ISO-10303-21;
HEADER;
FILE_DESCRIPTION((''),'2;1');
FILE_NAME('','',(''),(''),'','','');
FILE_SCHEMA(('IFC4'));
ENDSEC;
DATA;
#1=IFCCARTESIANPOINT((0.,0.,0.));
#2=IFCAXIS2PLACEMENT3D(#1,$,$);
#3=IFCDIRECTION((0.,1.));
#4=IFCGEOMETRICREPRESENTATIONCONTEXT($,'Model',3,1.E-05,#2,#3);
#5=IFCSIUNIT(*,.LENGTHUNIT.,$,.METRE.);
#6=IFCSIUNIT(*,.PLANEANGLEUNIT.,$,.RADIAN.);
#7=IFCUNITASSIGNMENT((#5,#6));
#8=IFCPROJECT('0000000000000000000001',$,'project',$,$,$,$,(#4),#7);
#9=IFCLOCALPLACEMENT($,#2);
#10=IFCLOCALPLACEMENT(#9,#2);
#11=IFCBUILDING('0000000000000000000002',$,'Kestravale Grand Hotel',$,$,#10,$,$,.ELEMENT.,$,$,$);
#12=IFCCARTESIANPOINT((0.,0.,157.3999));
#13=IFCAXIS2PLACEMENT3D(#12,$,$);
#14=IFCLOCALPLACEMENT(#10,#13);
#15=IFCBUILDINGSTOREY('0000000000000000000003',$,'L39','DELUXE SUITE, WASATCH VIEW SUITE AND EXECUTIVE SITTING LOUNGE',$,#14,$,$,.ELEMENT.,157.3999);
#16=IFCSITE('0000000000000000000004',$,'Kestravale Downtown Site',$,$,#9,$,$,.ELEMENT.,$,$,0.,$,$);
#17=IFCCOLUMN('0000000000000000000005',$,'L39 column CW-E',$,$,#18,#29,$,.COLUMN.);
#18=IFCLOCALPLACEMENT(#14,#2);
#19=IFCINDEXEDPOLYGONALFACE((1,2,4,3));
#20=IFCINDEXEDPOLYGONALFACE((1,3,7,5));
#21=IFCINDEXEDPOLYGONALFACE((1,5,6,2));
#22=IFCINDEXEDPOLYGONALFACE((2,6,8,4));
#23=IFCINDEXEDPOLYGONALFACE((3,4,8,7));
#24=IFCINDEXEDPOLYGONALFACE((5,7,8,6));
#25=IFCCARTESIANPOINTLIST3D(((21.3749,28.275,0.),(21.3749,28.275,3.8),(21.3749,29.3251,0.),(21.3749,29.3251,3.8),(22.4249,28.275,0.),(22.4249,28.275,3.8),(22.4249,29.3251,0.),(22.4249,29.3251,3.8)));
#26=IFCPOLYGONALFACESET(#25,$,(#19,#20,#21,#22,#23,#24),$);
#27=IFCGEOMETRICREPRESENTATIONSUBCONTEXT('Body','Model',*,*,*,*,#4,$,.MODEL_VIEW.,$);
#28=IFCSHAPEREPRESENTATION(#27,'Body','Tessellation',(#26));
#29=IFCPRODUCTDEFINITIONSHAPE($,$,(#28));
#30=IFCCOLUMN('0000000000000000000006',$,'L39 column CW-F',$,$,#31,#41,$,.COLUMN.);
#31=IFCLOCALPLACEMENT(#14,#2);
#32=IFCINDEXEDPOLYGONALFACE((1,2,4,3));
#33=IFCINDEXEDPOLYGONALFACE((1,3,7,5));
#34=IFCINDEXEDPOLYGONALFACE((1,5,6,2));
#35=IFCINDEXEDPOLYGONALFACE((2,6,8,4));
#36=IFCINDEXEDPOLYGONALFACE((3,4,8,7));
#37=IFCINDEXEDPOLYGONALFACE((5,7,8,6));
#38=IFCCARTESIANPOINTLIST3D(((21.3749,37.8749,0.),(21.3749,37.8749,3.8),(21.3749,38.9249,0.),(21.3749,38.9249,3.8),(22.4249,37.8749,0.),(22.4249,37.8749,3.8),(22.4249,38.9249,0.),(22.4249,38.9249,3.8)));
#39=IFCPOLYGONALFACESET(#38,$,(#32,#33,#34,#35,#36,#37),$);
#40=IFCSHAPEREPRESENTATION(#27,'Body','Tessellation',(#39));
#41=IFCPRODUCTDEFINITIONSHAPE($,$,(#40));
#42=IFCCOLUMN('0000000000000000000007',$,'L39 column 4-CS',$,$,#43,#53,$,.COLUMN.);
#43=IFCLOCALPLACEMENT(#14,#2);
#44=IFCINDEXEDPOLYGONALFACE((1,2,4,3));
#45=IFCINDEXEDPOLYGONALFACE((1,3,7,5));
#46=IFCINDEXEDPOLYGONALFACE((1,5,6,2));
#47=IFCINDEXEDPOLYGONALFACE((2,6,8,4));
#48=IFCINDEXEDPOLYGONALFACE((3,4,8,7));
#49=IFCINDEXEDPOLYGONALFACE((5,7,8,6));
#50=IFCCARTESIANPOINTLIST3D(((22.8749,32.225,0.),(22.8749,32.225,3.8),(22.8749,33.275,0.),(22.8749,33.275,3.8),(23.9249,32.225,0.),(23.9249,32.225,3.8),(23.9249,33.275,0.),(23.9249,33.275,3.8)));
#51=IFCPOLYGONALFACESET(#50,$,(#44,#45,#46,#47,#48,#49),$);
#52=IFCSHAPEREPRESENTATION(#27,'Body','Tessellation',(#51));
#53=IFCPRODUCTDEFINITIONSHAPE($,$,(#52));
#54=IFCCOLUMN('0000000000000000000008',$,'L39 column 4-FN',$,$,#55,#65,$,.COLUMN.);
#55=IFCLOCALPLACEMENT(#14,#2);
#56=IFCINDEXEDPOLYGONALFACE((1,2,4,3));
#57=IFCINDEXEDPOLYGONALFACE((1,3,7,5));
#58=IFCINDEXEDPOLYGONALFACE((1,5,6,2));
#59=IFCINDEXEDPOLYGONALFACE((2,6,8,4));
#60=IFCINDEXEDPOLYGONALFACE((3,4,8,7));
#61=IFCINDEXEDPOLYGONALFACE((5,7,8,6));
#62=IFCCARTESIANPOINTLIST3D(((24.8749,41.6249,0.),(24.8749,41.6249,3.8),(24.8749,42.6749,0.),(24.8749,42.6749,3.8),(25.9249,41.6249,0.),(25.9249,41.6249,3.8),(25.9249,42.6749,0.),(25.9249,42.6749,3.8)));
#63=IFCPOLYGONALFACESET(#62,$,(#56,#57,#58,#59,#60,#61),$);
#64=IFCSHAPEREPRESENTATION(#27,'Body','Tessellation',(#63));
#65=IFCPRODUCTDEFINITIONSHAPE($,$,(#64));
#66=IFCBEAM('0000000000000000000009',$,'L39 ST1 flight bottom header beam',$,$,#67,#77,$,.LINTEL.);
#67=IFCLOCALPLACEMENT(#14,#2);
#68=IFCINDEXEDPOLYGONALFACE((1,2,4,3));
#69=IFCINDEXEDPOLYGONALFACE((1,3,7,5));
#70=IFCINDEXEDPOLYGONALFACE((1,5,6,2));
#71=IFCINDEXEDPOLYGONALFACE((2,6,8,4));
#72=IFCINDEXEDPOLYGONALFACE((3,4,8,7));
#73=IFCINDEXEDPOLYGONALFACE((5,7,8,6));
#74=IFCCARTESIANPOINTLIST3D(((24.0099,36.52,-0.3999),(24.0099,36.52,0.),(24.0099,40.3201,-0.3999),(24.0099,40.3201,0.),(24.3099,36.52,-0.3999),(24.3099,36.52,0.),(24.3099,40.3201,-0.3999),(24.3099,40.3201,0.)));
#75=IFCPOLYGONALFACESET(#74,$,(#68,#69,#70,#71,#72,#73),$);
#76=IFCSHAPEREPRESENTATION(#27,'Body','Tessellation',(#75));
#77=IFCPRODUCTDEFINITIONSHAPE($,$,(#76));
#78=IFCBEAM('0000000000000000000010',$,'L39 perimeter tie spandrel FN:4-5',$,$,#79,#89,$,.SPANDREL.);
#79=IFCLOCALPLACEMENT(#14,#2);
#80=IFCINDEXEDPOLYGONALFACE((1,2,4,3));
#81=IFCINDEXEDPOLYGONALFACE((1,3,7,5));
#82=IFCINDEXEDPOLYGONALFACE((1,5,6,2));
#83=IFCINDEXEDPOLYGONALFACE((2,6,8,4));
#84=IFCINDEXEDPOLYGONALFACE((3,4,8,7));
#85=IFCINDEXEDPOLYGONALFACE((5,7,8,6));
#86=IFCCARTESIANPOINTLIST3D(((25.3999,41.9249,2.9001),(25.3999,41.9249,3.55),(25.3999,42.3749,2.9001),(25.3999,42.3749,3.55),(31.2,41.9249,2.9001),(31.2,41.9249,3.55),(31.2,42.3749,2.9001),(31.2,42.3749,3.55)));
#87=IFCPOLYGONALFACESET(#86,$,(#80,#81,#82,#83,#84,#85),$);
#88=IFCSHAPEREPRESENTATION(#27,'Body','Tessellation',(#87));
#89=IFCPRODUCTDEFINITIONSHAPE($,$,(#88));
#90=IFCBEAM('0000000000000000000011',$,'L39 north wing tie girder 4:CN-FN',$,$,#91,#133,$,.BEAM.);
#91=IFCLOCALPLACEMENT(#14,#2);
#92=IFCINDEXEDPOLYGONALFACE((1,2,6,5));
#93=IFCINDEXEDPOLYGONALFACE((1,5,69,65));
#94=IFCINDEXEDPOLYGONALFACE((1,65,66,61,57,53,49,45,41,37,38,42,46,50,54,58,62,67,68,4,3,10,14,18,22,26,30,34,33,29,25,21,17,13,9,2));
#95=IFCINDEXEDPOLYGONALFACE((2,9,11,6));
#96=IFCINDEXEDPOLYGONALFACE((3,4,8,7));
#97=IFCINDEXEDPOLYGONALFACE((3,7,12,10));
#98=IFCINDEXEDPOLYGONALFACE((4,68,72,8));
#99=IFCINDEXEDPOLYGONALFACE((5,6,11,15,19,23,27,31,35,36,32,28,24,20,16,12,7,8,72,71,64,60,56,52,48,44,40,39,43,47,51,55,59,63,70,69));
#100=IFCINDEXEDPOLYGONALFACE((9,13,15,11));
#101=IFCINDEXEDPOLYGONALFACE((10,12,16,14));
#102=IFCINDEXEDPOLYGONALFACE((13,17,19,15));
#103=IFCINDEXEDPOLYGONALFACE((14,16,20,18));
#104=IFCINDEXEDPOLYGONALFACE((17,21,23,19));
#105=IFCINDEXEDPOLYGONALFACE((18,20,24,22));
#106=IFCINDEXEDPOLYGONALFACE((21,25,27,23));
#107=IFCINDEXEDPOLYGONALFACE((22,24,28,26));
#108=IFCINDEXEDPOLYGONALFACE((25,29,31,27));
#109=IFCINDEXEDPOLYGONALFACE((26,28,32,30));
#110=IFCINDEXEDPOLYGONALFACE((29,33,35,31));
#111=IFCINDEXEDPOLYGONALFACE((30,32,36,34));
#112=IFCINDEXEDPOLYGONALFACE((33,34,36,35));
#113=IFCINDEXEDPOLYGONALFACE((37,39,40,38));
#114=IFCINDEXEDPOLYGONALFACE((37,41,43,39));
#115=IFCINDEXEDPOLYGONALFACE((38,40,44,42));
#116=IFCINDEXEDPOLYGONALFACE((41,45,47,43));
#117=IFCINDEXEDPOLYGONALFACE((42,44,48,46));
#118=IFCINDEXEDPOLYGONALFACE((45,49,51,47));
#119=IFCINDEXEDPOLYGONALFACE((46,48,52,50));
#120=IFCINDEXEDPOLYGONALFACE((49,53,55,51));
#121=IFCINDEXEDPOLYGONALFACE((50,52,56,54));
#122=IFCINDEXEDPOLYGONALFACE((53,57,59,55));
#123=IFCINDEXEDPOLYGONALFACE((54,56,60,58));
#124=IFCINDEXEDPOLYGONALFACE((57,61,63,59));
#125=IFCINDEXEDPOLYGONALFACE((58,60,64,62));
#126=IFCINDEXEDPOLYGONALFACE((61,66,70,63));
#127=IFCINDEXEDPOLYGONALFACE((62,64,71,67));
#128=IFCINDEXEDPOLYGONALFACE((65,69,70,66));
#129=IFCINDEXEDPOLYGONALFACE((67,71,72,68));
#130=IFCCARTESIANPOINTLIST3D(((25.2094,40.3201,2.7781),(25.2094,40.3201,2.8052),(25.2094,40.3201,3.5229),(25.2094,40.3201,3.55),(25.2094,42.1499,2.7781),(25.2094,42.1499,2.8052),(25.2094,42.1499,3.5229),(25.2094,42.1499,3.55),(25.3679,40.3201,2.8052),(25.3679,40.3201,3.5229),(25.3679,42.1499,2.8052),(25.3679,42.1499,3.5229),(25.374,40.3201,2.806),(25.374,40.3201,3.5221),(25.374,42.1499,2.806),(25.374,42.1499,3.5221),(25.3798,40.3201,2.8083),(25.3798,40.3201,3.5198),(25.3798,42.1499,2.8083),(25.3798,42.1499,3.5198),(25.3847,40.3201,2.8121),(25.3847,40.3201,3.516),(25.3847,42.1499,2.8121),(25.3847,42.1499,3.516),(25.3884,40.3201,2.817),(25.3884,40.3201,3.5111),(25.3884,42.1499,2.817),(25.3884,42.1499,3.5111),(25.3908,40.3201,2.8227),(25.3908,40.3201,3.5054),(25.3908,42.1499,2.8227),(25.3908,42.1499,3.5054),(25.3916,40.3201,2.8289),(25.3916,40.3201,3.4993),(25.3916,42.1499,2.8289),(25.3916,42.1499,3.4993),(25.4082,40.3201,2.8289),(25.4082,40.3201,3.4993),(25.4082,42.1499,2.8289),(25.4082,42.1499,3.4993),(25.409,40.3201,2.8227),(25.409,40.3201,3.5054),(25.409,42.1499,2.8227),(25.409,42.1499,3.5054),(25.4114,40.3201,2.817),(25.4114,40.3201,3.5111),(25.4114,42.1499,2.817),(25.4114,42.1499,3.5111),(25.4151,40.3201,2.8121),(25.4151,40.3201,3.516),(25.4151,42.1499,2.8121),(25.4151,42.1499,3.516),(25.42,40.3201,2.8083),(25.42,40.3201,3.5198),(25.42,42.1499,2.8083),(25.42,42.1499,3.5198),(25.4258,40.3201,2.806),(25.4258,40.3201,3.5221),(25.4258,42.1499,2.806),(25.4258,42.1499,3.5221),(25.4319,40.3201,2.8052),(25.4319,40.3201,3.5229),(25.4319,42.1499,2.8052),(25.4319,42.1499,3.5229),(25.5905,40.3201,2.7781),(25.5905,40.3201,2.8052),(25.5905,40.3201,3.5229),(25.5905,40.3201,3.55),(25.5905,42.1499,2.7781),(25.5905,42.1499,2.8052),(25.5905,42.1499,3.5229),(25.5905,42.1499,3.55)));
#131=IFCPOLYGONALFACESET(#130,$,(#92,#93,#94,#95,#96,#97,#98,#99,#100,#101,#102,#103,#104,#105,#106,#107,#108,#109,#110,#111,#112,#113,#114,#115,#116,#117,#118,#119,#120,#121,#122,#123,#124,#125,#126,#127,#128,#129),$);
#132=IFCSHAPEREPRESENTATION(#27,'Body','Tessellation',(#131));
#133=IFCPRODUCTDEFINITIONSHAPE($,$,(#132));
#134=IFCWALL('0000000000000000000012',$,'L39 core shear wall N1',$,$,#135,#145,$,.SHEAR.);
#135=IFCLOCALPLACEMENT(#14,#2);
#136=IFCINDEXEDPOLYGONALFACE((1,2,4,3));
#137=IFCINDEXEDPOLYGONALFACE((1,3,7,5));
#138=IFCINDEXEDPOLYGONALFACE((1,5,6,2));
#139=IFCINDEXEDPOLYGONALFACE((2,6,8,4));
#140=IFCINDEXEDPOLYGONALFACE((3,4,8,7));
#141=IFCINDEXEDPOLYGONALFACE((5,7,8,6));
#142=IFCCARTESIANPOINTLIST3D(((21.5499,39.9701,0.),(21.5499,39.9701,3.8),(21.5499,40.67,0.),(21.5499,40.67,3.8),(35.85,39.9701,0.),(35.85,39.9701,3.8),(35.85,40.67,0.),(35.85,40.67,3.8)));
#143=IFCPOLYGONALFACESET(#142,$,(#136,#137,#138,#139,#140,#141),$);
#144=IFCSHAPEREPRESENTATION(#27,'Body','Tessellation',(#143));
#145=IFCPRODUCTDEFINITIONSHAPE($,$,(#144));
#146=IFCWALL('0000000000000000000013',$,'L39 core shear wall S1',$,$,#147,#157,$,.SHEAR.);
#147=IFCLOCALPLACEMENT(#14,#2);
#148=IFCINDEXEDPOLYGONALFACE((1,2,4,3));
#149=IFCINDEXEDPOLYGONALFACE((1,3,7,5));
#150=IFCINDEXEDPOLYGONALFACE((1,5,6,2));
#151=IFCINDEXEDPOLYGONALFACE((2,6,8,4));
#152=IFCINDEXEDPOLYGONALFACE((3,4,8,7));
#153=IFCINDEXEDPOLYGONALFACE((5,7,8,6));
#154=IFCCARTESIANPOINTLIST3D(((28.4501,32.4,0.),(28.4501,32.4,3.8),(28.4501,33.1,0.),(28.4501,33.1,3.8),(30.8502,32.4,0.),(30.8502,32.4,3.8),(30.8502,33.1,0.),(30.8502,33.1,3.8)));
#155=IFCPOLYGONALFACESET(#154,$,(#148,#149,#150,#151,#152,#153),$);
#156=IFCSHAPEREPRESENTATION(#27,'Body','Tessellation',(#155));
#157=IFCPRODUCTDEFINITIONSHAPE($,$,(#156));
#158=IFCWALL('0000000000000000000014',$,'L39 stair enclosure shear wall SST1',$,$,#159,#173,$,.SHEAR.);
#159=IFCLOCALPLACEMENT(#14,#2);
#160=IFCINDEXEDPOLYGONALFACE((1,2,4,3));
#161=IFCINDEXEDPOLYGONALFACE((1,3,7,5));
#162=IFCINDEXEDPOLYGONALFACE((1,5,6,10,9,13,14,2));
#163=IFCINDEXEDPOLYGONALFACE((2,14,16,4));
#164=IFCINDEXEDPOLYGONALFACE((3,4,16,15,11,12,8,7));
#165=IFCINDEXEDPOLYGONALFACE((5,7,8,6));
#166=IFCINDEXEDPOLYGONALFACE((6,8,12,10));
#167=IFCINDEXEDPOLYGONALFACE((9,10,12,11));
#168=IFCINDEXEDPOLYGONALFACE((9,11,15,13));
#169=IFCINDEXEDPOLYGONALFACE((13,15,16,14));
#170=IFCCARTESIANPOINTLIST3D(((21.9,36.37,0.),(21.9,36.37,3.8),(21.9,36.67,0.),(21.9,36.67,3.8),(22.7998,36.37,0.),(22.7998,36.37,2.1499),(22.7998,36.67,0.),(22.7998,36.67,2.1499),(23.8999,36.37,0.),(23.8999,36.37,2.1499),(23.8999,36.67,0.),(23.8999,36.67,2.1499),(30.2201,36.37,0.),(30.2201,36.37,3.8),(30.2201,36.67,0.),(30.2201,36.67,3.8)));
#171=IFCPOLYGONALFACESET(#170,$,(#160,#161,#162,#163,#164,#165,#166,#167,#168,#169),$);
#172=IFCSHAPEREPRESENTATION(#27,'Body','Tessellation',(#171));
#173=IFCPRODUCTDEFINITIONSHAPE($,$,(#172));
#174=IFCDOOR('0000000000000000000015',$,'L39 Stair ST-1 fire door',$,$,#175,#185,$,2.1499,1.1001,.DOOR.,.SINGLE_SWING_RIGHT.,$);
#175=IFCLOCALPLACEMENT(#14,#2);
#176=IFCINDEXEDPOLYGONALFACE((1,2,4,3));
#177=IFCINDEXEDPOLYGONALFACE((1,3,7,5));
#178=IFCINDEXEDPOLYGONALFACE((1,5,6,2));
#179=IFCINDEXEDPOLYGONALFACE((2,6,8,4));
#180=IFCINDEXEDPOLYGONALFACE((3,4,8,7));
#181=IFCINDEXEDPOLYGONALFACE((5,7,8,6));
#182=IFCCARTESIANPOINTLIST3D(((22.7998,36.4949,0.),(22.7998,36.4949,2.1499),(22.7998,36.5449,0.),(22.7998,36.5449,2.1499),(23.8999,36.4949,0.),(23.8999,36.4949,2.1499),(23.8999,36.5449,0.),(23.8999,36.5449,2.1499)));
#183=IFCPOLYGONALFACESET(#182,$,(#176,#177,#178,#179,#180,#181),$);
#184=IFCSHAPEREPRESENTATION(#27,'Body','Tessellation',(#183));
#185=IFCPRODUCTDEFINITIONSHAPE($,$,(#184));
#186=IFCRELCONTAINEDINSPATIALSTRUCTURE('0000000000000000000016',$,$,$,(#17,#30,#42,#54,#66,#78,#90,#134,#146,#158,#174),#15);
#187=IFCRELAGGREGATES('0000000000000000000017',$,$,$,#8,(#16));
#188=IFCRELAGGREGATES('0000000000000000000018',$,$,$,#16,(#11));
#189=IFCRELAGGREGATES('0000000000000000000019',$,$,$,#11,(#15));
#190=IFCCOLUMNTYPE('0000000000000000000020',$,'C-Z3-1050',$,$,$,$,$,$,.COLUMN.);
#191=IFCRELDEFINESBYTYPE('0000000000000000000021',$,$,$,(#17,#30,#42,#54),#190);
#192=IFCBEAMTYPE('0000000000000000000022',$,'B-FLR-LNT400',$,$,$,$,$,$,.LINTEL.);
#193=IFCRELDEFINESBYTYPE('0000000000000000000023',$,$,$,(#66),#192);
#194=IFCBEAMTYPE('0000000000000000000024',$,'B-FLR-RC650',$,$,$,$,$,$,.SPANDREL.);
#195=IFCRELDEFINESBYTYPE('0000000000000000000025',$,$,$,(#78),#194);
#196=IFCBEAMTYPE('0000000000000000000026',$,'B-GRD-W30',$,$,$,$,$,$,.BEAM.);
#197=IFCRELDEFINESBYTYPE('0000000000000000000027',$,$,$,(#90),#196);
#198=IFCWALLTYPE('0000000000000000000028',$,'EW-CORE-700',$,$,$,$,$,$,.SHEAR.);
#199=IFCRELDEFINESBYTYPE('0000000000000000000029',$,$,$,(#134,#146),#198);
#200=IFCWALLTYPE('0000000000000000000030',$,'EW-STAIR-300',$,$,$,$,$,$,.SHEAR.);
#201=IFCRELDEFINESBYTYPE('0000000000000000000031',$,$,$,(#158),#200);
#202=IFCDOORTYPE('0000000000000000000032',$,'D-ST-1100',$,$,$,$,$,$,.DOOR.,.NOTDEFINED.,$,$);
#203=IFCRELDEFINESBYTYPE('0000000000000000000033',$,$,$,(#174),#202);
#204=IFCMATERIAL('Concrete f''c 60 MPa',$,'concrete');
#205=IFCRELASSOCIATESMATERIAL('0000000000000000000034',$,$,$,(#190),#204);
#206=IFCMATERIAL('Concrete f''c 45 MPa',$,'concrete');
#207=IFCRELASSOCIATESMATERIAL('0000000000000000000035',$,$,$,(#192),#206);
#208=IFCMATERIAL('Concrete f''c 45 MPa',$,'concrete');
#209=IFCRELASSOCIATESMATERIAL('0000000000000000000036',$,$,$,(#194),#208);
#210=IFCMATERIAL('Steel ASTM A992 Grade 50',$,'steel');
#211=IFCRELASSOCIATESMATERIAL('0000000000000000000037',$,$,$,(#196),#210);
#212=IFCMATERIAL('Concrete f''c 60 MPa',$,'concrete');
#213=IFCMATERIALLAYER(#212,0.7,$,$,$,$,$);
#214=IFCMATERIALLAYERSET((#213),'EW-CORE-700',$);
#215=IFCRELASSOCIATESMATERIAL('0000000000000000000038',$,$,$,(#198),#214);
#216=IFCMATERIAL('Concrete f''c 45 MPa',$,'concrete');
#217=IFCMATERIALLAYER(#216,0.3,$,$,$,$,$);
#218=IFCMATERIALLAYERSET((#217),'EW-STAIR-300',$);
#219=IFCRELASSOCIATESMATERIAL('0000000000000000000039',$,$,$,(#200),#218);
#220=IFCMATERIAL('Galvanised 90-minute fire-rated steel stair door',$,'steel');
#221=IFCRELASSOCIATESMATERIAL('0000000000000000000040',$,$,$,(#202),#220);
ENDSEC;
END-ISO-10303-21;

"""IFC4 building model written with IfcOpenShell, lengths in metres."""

from ifc_helpers import new_model, si_unit, direction, frame, frame_2d, origin, origin_2d, place, context, subcontext, project, spatial, rectangle, i_section, extrude, material, layer, layer_set, material_profile, profile_set, type_object, element, fill, save


model = new_model("IFC4")

# Units and contexts
model_context = context("Model", 3, precision=1e-05, world=origin(), true_north=direction((0.0, 1.0)))
body_context = subcontext(model_context, "Body", "Model", "MODEL_VIEW")
ifc_project = project(units=[si_unit("LENGTHUNIT", "METRE"), si_unit("PLANEANGLEUNIT", "RADIAN")], contexts=[model_context])

# Site, building, storey
site_placement = place(None, origin())
site = spatial("IfcSite", under=ifc_project, at=site_placement, Name="Kestravale Downtown Site", CompositionType="ELEMENT", RefElevation=0.0)
building_placement = place(site_placement, origin())
building = spatial("IfcBuilding", under=site, at=building_placement, Name="Kestravale Grand Hotel", CompositionType="ELEMENT")
storey_placement = place(building_placement, frame((0.0, 0.0, 157.3999)))
storey = spatial("IfcBuildingStorey", under=building, at=storey_placement, Name="L39", Description="DELUXE SUITE, WASATCH VIEW SUITE AND EXECUTIVE SITTING LOUNGE", CompositionType="ELEMENT", Elevation=157.3999)

# Columns
ifc_material_1 = material(Name="Concrete f'c 60 MPa", Category="concrete")
ifc_material_profile_1 = material_profile(ifc_material_1, rectangle(XDim=1.05, YDim=1.05, at=origin_2d()))
ifc_profile_set_1 = profile_set([ifc_material_profile_1], Name="Concrete f'c 60 MPa")
column_type = type_object("IfcColumnType", Name="C-Z3-1050", PredefinedType="COLUMN", material=ifc_profile_set_1)
for number, where, z_axis, x_axis, name in (
    (1, (21.8999, 28.8, 0.0), (0.0, 0.0, 1.0), (1.0, 0.0, 0.0), "L39 column CW-E"),
    (2, (21.8999, 38.3999, 0.0), (0.0, 0.0, 1.0), (1.0, 0.0, 0.0), "L39 column CW-F"),
    (3, (23.3999, 32.75, 0.0), (0.0, 0.0, 1.0), (1.0, 0.0, 0.0), "L39 column 4-CS"),
    (4, (25.3999, 42.1499, 0.0), (0.0, 0.0, 1.0), (1.0, 0.0, 0.0), "L39 column 4-FN"),
):
    element("IfcColumn", number, at=place(storey_placement, frame(where, z_axis=z_axis, x_axis=x_axis)), inside=storey, type_object=column_type, Name=name, PredefinedType="COLUMN", context=body_context, shape_type="SweptSolid", body=[
        extrude(rectangle(XDim=1.05, YDim=1.05, at=origin_2d()), origin(), (0.0, 0.0, 1.0), 3.8),
    ])

# Beams
ifc_material_2 = material(Name="Concrete f'c 45 MPa", Category="concrete")
ifc_material_profile_2 = material_profile(ifc_material_2, rectangle(XDim=0.3, YDim=0.3999, at=origin_2d()))
ifc_profile_set_2 = profile_set([ifc_material_profile_2], Name="Concrete f'c 45 MPa")
beam_type_1 = type_object("IfcBeamType", Name="B-FLR-LNT400", PredefinedType="LINTEL", material=ifc_profile_set_2)
beam_1_placement = place(storey_placement, frame((24.1599, 36.52, -0.2), z_axis=(0.0, 1.0, 0.0), x_axis=(-1.0, 0.0, 0.0)))
element("IfcBeam", 5, at=beam_1_placement, inside=storey, type_object=beam_type_1, Name="L39 ST1 flight bottom header beam", PredefinedType="LINTEL", context=body_context, shape_type="SweptSolid", body=[
    extrude(rectangle(XDim=0.3, YDim=0.3999, at=origin_2d()), origin(), (0.0, 0.0, 1.0), 3.8),
])
ifc_material_3 = material(Name="Concrete f'c 45 MPa", Category="concrete")
ifc_material_profile_3 = material_profile(ifc_material_3, rectangle(XDim=0.45, YDim=0.6499, at=origin_2d()))
ifc_profile_set_3 = profile_set([ifc_material_profile_3], Name="Concrete f'c 45 MPa")
beam_type_2 = type_object("IfcBeamType", Name="B-FLR-RC650", PredefinedType="SPANDREL", material=ifc_profile_set_3)
beam_2_placement = place(storey_placement, frame((25.3999, 42.1499, 3.2251), z_axis=(1.0, 0.0, 0.0), x_axis=(0.0, 1.0, 0.0)))
element("IfcBeam", 6, at=beam_2_placement, inside=storey, type_object=beam_type_2, Name="L39 perimeter tie spandrel FN:4-5", PredefinedType="SPANDREL", context=body_context, shape_type="SweptSolid", body=[
    extrude(rectangle(XDim=0.45, YDim=0.6499, at=origin_2d()), origin(), (0.0, 0.0, 1.0), 5.8),
])
ifc_material_4 = material(Name="Steel ASTM A992 Grade 50", Category="steel")
ifc_material_profile_4 = material_profile(ifc_material_4, i_section(OverallWidth=0.3811, OverallDepth=0.772, WebThickness=0.0166, FlangeThickness=0.0271, FilletRadius=0.0237, at=origin_2d()))
ifc_profile_set_4 = profile_set([ifc_material_profile_4], Name="Steel ASTM A992 Grade 50")
beam_type_3 = type_object("IfcBeamType", Name="B-GRD-W30", PredefinedType="BEAM", material=ifc_profile_set_4)
beam_3_placement = place(storey_placement, frame((25.3999, 40.3201, 3.1641), z_axis=(0.0, 1.0, 0.0), x_axis=(-1.0, 0.0, 0.0)))
element("IfcBeam", 7, at=beam_3_placement, inside=storey, type_object=beam_type_3, Name="L39 north wing tie girder 4:CN-FN", PredefinedType="BEAM", context=body_context, shape_type="SweptSolid", body=[
    extrude(i_section(OverallWidth=0.3811, OverallDepth=0.772, WebThickness=0.0166, FlangeThickness=0.0271, FilletRadius=0.0237, at=origin_2d()), origin(), (0.0, 0.0, 1.0), 1.8298),
])

# Walls
ifc_material_5 = material(Name="Concrete f'c 60 MPa", Category="concrete")
ifc_layer_1 = layer(ifc_material_5, 0.7)
ifc_layer_set_1 = layer_set([ifc_layer_1], Name="EW-CORE-700")
wall_type_1 = type_object("IfcWallType", Name="EW-CORE-700", PredefinedType="SHEAR", material=ifc_layer_set_1)
wall_1_placement = place(storey_placement, frame((21.55, 40.3201, 0.0), z_axis=(0.0, 0.0, 1.0), x_axis=(1.0, 0.0, 0.0)))
element("IfcWall", 8, at=wall_1_placement, inside=storey, type_object=wall_type_1, Name="L39 core shear wall N1", PredefinedType="SHEAR", context=body_context, shape_type="SweptSolid", body=[
    extrude(rectangle(XDim=14.3, YDim=0.7, at=frame_2d((7.1499, 0.0))), origin(), (0.0, 0.0, 1.0), 3.8),
])
wall_2_placement = place(storey_placement, frame((28.45, 32.75, 0.0), z_axis=(0.0, 0.0, 1.0), x_axis=(1.0, 0.0, 0.0)))
element("IfcWall", 9, at=wall_2_placement, inside=storey, type_object=wall_type_1, Name="L39 core shear wall S1", PredefinedType="SHEAR", context=body_context, shape_type="SweptSolid", body=[
    extrude(rectangle(XDim=2.4001, YDim=0.7, at=frame_2d((1.2002, 0.0))), origin(), (0.0, 0.0, 1.0), 3.8),
])

# Wall, opening, door
ifc_material_6 = material(Name="Concrete f'c 45 MPa", Category="concrete")
ifc_layer_2 = layer(ifc_material_6, 0.3)
ifc_layer_set_2 = layer_set([ifc_layer_2], Name="EW-STAIR-300")
wall_type_2 = type_object("IfcWallType", Name="EW-STAIR-300", PredefinedType="SHEAR", material=ifc_layer_set_2)
wall_3_placement = place(storey_placement, frame((21.8999, 36.52, 0.0), z_axis=(0.0, 0.0, 1.0), x_axis=(1.0, 0.0, 0.0)))
wall_3 = element("IfcWall", 10, at=wall_3_placement, inside=storey, type_object=wall_type_2, Name="L39 stair enclosure shear wall SST1", PredefinedType="SHEAR", context=body_context, shape_type="SweptSolid", body=[
    extrude(rectangle(XDim=8.3201, YDim=0.3, at=frame_2d((4.1602, 0.0))), origin(), (0.0, 0.0, 1.0), 3.8),
])
opening_1_placement = place(wall_3_placement, frame((0.8999, 0.0, 0.0)))
opening_1 = element("IfcOpeningElement", 11, at=opening_1_placement, cuts=wall_3, PredefinedType="OPENING", context=body_context, shape_type="SweptSolid", body=[
    extrude(rectangle(XDim=1.1001, YDim=2.1499, at=frame_2d((0.55, 1.075))), frame((0.0, 0.1599, 0.0), z_axis=(0.0, -1.0, 0.0), x_axis=(1.0, 0.0, 0.0)), (0.0, 0.0, 1.0), 0.3201),
])
ifc_material_7 = material(Name="Galvanised 90-minute fire-rated steel stair door", Category="steel")
door_type_1 = type_object("IfcDoorType", Name="D-ST-1100", OperationType="NOTDEFINED", PredefinedType="DOOR", material=ifc_material_7)
door_1_placement = place(opening_1_placement, origin())
door_1 = element("IfcDoor", 12, at=door_1_placement, inside=storey, type_object=door_type_1, Name="L39 Stair ST-1 fire door", OperationType="SINGLE_SWING_RIGHT", OverallHeight=2.1499, OverallWidth=1.1001, PredefinedType="DOOR", context=body_context, shape_type="SweptSolid", body=[
    extrude(rectangle(XDim=1.1001, YDim=2.1499, at=frame_2d((0.55, 1.075))), frame((0.0, 0.0249, 0.0), z_axis=(0.0, -1.0, 0.0), x_axis=(1.0, 0.0, 0.0)), (0.0, 0.0, 1.0), 0.05),
])
fill(opening_1, door_1)

save(model, "model.ifc")
